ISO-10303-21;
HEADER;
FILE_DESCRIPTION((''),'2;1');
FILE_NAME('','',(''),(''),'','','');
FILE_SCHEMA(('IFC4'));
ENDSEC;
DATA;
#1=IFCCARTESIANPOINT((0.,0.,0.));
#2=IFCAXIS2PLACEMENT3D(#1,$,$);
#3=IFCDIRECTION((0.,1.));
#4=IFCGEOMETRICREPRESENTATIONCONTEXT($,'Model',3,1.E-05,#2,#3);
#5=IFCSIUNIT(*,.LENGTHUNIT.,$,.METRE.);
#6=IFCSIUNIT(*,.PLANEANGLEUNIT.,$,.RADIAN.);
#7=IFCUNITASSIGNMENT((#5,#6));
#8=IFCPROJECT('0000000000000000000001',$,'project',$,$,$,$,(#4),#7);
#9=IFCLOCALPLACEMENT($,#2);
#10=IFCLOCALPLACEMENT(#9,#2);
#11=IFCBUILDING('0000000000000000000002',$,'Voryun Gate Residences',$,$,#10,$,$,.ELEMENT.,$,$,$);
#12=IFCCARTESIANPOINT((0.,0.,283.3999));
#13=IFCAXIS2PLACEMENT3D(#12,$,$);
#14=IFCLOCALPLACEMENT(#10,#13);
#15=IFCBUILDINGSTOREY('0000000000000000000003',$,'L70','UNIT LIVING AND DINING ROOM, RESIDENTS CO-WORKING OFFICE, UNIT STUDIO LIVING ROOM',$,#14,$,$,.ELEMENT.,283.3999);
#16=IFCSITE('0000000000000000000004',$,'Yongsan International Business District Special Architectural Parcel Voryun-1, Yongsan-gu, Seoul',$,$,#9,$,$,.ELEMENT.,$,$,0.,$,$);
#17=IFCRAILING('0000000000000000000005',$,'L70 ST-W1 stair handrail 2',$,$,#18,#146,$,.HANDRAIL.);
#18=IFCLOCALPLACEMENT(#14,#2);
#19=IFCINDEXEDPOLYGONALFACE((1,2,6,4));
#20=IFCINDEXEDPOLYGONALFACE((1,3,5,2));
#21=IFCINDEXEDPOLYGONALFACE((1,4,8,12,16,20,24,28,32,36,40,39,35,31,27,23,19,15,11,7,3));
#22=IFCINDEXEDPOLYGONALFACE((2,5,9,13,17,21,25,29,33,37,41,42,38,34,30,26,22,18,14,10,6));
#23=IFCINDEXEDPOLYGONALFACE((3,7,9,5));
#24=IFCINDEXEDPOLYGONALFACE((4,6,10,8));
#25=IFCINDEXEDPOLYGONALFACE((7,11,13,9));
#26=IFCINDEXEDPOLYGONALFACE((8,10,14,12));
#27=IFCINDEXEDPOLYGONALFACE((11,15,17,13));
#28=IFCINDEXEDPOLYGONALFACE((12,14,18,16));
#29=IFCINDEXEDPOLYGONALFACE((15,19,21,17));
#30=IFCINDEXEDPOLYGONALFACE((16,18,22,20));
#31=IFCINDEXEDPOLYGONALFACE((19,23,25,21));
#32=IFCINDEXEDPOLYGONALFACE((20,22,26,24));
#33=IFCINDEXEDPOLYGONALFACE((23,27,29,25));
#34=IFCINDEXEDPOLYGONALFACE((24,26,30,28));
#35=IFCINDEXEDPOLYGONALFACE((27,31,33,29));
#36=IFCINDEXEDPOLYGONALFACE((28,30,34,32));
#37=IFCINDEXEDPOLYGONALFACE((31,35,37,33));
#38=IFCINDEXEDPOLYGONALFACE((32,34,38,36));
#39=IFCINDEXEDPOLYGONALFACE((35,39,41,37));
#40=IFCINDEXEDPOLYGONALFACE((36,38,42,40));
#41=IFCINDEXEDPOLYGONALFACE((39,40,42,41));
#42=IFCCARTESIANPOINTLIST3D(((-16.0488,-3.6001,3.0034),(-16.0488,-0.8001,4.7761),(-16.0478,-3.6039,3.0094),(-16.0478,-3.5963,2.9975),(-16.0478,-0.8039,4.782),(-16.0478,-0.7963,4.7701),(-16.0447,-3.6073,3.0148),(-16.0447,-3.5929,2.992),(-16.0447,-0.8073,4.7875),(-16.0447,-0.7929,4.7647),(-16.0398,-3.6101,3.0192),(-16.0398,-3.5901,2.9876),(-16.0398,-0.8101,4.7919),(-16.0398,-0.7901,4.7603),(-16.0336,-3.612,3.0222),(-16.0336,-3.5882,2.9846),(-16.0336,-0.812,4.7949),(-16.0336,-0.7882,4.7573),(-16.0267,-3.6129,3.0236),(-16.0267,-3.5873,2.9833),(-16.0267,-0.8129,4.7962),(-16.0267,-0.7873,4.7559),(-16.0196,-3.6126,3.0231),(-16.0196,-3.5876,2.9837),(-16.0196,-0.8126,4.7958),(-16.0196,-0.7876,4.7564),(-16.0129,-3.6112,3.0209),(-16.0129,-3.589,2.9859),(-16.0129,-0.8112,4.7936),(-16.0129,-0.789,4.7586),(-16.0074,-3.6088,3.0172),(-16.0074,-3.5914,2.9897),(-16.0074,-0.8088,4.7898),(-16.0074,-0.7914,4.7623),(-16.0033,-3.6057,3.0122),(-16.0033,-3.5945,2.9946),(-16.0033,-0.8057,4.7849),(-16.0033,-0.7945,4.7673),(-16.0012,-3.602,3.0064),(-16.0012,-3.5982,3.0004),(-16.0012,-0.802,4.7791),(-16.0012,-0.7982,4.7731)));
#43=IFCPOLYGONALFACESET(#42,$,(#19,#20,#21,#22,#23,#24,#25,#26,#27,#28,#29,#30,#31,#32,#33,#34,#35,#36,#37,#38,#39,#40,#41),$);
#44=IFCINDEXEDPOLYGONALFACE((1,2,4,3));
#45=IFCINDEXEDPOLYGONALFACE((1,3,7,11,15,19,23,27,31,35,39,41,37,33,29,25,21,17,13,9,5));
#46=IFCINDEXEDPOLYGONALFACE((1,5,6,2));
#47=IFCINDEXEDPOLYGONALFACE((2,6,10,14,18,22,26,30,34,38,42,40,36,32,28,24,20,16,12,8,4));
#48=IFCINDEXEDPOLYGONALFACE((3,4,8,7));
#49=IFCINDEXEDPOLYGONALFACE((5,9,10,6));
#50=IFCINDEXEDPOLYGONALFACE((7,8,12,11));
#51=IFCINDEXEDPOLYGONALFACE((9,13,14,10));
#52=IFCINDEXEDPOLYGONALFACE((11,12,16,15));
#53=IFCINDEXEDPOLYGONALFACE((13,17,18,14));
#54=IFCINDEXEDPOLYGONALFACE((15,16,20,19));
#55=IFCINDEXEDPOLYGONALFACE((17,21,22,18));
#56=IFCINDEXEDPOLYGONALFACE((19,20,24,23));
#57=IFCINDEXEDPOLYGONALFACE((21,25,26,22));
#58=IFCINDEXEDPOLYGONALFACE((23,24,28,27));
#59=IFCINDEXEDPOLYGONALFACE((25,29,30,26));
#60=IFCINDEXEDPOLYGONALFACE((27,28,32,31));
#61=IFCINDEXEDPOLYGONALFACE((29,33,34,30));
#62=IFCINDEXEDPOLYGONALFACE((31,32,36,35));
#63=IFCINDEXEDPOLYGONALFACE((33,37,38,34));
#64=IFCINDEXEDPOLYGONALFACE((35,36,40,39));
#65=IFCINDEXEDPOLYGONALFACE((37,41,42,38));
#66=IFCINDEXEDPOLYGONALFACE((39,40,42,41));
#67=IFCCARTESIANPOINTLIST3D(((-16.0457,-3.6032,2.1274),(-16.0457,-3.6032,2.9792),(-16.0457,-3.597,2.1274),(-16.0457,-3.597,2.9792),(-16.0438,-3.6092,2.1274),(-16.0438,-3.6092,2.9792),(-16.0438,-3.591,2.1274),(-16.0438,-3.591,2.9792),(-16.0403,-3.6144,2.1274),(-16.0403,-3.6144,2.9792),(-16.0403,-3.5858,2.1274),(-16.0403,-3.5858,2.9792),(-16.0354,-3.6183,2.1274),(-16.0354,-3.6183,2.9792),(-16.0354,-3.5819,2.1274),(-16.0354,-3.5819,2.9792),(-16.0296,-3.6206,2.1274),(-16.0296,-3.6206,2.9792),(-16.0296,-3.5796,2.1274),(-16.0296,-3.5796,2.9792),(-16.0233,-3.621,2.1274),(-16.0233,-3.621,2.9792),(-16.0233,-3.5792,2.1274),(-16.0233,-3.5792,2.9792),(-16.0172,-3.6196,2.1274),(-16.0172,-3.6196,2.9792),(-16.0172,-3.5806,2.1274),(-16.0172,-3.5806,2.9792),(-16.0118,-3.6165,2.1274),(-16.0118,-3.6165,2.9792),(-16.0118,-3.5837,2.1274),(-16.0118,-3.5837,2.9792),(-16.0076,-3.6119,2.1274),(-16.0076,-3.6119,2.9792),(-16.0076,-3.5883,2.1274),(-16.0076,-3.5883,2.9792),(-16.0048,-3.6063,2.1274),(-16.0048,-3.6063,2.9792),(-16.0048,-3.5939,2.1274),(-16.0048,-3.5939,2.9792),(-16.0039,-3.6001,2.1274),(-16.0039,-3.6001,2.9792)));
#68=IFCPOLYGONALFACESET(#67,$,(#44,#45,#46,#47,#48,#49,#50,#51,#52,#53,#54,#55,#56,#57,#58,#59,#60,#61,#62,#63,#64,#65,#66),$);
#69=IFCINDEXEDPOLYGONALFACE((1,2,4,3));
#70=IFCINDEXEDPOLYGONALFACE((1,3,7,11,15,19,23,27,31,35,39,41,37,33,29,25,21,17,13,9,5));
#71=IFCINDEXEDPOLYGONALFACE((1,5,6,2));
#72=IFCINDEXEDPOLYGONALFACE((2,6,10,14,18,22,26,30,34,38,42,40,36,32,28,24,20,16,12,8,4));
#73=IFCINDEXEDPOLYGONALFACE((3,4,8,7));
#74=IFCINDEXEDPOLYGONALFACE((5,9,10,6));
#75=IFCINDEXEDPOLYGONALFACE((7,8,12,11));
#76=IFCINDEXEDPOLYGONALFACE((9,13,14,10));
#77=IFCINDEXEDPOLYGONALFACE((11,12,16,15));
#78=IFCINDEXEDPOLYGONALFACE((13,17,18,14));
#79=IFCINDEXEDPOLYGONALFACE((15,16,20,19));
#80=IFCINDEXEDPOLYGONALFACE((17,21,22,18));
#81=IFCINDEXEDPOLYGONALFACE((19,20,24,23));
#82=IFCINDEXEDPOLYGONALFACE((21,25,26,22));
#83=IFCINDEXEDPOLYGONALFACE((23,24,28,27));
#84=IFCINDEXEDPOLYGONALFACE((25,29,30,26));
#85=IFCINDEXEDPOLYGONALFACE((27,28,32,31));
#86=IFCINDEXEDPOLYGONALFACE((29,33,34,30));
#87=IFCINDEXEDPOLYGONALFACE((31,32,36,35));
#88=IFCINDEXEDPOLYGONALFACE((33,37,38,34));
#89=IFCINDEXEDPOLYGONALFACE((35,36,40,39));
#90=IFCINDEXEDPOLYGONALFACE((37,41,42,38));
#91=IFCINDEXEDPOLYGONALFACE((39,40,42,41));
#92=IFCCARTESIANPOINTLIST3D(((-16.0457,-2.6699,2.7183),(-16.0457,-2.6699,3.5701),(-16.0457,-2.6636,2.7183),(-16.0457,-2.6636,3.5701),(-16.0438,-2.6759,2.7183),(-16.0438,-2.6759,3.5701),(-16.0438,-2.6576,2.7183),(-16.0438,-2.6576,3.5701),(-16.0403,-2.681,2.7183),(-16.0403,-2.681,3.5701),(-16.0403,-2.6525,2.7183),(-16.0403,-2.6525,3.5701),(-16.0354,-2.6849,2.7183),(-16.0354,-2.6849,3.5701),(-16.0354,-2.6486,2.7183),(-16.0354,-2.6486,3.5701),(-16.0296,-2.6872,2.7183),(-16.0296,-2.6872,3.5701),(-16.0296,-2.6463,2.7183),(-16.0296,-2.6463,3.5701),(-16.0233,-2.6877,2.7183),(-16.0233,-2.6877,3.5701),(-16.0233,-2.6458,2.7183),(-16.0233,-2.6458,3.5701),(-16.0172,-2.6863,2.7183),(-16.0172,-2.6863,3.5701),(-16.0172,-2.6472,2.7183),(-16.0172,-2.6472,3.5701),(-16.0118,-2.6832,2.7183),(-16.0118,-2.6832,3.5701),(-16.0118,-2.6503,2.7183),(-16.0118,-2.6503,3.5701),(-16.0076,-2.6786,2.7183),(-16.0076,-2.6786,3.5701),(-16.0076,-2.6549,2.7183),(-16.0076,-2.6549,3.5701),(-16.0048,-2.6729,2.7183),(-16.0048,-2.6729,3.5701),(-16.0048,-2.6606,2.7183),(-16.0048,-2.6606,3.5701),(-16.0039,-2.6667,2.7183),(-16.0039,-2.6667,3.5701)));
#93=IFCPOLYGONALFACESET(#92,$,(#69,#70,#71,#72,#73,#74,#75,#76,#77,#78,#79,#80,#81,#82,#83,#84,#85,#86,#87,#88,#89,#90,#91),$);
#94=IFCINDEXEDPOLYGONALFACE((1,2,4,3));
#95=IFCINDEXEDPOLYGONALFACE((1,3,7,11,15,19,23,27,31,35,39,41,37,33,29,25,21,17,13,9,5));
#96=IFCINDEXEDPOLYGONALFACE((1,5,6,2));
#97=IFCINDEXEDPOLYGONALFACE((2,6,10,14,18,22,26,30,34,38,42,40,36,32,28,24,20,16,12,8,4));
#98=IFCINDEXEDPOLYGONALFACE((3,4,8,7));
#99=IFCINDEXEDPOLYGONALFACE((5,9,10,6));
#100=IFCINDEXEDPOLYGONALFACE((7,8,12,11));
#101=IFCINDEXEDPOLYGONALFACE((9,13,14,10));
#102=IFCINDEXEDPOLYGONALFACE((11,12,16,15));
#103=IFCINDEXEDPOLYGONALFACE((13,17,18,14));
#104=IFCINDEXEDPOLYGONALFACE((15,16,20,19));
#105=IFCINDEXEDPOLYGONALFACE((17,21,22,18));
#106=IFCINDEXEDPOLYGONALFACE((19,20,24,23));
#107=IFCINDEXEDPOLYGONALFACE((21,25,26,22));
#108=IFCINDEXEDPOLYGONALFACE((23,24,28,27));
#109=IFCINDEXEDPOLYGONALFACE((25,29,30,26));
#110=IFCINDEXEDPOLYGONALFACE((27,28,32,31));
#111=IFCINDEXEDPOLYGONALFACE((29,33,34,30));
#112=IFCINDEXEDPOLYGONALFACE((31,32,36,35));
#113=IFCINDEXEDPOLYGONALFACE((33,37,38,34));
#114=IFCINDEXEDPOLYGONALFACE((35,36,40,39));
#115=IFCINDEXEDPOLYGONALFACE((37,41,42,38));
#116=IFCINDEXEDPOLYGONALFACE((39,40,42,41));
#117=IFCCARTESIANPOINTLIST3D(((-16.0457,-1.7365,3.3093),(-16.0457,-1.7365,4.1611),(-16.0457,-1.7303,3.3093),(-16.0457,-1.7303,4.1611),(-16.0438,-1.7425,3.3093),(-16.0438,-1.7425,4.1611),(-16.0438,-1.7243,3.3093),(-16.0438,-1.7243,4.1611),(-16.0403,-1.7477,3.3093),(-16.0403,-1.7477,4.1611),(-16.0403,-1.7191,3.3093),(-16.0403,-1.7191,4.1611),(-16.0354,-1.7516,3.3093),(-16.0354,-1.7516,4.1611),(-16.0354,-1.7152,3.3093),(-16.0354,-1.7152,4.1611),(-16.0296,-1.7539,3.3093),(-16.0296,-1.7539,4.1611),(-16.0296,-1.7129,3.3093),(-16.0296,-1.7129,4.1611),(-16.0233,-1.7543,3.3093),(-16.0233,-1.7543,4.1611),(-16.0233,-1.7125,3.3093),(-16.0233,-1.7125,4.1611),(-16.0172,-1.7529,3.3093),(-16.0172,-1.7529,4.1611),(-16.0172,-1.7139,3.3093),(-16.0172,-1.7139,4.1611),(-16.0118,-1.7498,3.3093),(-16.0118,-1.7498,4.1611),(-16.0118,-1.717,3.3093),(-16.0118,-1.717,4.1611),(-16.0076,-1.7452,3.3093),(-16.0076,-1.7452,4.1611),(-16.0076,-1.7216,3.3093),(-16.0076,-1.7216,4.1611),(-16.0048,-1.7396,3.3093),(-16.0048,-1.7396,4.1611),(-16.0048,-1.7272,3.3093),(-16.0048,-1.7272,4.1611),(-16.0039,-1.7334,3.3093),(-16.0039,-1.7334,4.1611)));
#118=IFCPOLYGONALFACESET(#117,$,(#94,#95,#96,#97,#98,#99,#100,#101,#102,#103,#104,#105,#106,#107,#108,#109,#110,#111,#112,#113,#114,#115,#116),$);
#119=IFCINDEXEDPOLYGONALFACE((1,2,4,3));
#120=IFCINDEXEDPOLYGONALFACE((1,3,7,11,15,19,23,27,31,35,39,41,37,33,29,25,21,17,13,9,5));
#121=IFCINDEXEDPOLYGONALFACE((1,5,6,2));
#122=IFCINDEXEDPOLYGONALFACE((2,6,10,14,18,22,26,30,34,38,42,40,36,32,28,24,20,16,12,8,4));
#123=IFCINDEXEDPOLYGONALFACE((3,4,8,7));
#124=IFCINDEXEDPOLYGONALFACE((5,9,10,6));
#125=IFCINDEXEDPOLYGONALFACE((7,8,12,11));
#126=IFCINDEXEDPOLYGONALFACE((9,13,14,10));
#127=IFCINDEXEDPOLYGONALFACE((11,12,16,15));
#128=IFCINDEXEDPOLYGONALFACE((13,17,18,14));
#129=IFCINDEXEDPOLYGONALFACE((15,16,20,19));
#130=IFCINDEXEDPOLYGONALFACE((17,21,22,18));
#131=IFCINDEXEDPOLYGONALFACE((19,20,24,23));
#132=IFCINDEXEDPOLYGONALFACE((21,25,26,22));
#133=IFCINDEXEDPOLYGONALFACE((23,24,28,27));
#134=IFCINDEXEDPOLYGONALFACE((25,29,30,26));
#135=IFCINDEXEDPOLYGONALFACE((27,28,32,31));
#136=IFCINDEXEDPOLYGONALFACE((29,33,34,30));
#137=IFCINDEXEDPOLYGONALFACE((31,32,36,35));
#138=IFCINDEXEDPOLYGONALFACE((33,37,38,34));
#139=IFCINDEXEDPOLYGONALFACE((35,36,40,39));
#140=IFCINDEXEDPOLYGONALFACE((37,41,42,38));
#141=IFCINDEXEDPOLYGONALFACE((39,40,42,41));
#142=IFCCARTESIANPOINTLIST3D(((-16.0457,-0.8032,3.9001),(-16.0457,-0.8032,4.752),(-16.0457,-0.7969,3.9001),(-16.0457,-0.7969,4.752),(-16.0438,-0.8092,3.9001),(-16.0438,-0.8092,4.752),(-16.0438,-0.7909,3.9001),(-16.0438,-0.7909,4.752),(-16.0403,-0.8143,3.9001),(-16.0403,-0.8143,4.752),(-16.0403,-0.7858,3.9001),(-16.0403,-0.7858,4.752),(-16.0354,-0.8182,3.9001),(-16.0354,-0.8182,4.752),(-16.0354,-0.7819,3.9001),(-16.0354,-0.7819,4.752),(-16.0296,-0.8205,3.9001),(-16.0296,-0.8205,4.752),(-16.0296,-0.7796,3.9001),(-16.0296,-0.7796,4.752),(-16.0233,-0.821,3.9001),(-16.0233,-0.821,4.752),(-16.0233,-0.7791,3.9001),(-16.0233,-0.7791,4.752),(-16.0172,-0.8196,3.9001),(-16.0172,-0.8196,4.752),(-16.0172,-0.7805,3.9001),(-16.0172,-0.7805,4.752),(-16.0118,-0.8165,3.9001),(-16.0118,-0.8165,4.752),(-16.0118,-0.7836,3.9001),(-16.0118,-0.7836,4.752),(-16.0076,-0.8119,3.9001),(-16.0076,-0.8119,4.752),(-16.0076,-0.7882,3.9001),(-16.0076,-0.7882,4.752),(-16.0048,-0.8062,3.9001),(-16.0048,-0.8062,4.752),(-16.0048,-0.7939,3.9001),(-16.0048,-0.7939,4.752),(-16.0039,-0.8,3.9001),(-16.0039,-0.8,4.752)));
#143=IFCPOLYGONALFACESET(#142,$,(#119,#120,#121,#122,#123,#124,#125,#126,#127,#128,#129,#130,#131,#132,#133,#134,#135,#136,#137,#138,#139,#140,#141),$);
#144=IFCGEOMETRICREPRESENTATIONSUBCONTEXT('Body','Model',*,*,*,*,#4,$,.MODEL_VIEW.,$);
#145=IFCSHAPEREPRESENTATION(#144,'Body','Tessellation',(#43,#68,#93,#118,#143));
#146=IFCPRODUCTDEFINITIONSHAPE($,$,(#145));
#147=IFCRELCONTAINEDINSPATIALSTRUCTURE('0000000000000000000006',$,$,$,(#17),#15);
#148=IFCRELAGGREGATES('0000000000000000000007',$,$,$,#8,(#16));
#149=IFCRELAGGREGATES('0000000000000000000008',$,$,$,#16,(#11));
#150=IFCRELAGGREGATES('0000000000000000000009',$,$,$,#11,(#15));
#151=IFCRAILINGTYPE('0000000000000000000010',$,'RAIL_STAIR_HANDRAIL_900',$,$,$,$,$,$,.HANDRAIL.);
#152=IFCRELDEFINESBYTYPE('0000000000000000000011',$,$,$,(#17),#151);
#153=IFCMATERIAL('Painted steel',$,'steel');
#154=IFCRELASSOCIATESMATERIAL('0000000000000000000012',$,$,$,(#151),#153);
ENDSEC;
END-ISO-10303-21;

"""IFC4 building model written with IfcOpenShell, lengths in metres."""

from ifc_helpers import new_model, si_unit, direction, frame, origin, origin_2d, place, context, subcontext, project, spatial, circle, extrude, material, type_object, element, save


model = new_model("IFC4")

# Units and contexts
model_context = context("Model", 3, precision=1e-05, world=origin(), true_north=direction((0.0, 1.0)))
body_context = subcontext(model_context, "Body", "Model", "MODEL_VIEW")
ifc_project = project(units=[si_unit("LENGTHUNIT", "METRE"), si_unit("PLANEANGLEUNIT", "RADIAN")], contexts=[model_context])

# Site, building, storey
site_placement = place(None, origin())
site = spatial("IfcSite", under=ifc_project, at=site_placement, Name="Yongsan International Business District Special Architectural Parcel Voryun-1, Yongsan-gu, Seoul", CompositionType="ELEMENT", RefElevation=0.0)
building_placement = place(site_placement, origin())
building = spatial("IfcBuilding", under=site, at=building_placement, Name="Voryun Gate Residences", CompositionType="ELEMENT")
storey_placement = place(building_placement, frame((0.0, 0.0, 283.3999)))
storey = spatial("IfcBuildingStorey", under=building, at=storey_placement, Name="L70", Description="UNIT LIVING AND DINING ROOM, RESIDENTS CO-WORKING OFFICE, UNIT STUDIO LIVING ROOM", CompositionType="ELEMENT", Elevation=283.3999)

# Railing
ifc_material_1 = material(Name="Painted steel", Category="steel")
railing_type_1 = type_object("IfcRailingType", Name="RAIL_STAIR_HANDRAIL_900", PredefinedType="HANDRAIL", material=ifc_material_1)
railing_1_placement = place(storey_placement, frame((-16.0249, -3.6001, 2.1274)))
element("IfcRailing", 1, at=railing_1_placement, inside=storey, type_object=railing_type_1, Name="L70 ST-W1 stair handrail 2", PredefinedType="HANDRAIL", context=body_context, shape_type="SweptSolid", body=[
    extrude(circle(Radius=0.0239, at=origin_2d()), frame((0.0, 0.0, 0.876), z_axis=(0.0, 0.844909, 0.53491), x_axis=(-1.0, 0.0, 0.0)), (0.0, 0.0, 1.0), 3.314),
    extrude(circle(Radius=0.021, at=origin_2d()), origin(), (0.0, 0.0, 1.0), 0.8518),
    extrude(circle(Radius=0.021, at=origin_2d()), frame((0.0, 0.9333, 0.5908)), (0.0, 0.0, 1.0), 0.8518),
    extrude(circle(Radius=0.021, at=origin_2d()), frame((0.0, 1.8667, 1.1819)), (0.0, 0.0, 1.0), 0.8518),
    extrude(circle(Radius=0.021, at=origin_2d()), frame((0.0, 2.8, 1.7727)), (0.0, 0.0, 1.0), 0.8518),
])

save(model, "model.ifc")
